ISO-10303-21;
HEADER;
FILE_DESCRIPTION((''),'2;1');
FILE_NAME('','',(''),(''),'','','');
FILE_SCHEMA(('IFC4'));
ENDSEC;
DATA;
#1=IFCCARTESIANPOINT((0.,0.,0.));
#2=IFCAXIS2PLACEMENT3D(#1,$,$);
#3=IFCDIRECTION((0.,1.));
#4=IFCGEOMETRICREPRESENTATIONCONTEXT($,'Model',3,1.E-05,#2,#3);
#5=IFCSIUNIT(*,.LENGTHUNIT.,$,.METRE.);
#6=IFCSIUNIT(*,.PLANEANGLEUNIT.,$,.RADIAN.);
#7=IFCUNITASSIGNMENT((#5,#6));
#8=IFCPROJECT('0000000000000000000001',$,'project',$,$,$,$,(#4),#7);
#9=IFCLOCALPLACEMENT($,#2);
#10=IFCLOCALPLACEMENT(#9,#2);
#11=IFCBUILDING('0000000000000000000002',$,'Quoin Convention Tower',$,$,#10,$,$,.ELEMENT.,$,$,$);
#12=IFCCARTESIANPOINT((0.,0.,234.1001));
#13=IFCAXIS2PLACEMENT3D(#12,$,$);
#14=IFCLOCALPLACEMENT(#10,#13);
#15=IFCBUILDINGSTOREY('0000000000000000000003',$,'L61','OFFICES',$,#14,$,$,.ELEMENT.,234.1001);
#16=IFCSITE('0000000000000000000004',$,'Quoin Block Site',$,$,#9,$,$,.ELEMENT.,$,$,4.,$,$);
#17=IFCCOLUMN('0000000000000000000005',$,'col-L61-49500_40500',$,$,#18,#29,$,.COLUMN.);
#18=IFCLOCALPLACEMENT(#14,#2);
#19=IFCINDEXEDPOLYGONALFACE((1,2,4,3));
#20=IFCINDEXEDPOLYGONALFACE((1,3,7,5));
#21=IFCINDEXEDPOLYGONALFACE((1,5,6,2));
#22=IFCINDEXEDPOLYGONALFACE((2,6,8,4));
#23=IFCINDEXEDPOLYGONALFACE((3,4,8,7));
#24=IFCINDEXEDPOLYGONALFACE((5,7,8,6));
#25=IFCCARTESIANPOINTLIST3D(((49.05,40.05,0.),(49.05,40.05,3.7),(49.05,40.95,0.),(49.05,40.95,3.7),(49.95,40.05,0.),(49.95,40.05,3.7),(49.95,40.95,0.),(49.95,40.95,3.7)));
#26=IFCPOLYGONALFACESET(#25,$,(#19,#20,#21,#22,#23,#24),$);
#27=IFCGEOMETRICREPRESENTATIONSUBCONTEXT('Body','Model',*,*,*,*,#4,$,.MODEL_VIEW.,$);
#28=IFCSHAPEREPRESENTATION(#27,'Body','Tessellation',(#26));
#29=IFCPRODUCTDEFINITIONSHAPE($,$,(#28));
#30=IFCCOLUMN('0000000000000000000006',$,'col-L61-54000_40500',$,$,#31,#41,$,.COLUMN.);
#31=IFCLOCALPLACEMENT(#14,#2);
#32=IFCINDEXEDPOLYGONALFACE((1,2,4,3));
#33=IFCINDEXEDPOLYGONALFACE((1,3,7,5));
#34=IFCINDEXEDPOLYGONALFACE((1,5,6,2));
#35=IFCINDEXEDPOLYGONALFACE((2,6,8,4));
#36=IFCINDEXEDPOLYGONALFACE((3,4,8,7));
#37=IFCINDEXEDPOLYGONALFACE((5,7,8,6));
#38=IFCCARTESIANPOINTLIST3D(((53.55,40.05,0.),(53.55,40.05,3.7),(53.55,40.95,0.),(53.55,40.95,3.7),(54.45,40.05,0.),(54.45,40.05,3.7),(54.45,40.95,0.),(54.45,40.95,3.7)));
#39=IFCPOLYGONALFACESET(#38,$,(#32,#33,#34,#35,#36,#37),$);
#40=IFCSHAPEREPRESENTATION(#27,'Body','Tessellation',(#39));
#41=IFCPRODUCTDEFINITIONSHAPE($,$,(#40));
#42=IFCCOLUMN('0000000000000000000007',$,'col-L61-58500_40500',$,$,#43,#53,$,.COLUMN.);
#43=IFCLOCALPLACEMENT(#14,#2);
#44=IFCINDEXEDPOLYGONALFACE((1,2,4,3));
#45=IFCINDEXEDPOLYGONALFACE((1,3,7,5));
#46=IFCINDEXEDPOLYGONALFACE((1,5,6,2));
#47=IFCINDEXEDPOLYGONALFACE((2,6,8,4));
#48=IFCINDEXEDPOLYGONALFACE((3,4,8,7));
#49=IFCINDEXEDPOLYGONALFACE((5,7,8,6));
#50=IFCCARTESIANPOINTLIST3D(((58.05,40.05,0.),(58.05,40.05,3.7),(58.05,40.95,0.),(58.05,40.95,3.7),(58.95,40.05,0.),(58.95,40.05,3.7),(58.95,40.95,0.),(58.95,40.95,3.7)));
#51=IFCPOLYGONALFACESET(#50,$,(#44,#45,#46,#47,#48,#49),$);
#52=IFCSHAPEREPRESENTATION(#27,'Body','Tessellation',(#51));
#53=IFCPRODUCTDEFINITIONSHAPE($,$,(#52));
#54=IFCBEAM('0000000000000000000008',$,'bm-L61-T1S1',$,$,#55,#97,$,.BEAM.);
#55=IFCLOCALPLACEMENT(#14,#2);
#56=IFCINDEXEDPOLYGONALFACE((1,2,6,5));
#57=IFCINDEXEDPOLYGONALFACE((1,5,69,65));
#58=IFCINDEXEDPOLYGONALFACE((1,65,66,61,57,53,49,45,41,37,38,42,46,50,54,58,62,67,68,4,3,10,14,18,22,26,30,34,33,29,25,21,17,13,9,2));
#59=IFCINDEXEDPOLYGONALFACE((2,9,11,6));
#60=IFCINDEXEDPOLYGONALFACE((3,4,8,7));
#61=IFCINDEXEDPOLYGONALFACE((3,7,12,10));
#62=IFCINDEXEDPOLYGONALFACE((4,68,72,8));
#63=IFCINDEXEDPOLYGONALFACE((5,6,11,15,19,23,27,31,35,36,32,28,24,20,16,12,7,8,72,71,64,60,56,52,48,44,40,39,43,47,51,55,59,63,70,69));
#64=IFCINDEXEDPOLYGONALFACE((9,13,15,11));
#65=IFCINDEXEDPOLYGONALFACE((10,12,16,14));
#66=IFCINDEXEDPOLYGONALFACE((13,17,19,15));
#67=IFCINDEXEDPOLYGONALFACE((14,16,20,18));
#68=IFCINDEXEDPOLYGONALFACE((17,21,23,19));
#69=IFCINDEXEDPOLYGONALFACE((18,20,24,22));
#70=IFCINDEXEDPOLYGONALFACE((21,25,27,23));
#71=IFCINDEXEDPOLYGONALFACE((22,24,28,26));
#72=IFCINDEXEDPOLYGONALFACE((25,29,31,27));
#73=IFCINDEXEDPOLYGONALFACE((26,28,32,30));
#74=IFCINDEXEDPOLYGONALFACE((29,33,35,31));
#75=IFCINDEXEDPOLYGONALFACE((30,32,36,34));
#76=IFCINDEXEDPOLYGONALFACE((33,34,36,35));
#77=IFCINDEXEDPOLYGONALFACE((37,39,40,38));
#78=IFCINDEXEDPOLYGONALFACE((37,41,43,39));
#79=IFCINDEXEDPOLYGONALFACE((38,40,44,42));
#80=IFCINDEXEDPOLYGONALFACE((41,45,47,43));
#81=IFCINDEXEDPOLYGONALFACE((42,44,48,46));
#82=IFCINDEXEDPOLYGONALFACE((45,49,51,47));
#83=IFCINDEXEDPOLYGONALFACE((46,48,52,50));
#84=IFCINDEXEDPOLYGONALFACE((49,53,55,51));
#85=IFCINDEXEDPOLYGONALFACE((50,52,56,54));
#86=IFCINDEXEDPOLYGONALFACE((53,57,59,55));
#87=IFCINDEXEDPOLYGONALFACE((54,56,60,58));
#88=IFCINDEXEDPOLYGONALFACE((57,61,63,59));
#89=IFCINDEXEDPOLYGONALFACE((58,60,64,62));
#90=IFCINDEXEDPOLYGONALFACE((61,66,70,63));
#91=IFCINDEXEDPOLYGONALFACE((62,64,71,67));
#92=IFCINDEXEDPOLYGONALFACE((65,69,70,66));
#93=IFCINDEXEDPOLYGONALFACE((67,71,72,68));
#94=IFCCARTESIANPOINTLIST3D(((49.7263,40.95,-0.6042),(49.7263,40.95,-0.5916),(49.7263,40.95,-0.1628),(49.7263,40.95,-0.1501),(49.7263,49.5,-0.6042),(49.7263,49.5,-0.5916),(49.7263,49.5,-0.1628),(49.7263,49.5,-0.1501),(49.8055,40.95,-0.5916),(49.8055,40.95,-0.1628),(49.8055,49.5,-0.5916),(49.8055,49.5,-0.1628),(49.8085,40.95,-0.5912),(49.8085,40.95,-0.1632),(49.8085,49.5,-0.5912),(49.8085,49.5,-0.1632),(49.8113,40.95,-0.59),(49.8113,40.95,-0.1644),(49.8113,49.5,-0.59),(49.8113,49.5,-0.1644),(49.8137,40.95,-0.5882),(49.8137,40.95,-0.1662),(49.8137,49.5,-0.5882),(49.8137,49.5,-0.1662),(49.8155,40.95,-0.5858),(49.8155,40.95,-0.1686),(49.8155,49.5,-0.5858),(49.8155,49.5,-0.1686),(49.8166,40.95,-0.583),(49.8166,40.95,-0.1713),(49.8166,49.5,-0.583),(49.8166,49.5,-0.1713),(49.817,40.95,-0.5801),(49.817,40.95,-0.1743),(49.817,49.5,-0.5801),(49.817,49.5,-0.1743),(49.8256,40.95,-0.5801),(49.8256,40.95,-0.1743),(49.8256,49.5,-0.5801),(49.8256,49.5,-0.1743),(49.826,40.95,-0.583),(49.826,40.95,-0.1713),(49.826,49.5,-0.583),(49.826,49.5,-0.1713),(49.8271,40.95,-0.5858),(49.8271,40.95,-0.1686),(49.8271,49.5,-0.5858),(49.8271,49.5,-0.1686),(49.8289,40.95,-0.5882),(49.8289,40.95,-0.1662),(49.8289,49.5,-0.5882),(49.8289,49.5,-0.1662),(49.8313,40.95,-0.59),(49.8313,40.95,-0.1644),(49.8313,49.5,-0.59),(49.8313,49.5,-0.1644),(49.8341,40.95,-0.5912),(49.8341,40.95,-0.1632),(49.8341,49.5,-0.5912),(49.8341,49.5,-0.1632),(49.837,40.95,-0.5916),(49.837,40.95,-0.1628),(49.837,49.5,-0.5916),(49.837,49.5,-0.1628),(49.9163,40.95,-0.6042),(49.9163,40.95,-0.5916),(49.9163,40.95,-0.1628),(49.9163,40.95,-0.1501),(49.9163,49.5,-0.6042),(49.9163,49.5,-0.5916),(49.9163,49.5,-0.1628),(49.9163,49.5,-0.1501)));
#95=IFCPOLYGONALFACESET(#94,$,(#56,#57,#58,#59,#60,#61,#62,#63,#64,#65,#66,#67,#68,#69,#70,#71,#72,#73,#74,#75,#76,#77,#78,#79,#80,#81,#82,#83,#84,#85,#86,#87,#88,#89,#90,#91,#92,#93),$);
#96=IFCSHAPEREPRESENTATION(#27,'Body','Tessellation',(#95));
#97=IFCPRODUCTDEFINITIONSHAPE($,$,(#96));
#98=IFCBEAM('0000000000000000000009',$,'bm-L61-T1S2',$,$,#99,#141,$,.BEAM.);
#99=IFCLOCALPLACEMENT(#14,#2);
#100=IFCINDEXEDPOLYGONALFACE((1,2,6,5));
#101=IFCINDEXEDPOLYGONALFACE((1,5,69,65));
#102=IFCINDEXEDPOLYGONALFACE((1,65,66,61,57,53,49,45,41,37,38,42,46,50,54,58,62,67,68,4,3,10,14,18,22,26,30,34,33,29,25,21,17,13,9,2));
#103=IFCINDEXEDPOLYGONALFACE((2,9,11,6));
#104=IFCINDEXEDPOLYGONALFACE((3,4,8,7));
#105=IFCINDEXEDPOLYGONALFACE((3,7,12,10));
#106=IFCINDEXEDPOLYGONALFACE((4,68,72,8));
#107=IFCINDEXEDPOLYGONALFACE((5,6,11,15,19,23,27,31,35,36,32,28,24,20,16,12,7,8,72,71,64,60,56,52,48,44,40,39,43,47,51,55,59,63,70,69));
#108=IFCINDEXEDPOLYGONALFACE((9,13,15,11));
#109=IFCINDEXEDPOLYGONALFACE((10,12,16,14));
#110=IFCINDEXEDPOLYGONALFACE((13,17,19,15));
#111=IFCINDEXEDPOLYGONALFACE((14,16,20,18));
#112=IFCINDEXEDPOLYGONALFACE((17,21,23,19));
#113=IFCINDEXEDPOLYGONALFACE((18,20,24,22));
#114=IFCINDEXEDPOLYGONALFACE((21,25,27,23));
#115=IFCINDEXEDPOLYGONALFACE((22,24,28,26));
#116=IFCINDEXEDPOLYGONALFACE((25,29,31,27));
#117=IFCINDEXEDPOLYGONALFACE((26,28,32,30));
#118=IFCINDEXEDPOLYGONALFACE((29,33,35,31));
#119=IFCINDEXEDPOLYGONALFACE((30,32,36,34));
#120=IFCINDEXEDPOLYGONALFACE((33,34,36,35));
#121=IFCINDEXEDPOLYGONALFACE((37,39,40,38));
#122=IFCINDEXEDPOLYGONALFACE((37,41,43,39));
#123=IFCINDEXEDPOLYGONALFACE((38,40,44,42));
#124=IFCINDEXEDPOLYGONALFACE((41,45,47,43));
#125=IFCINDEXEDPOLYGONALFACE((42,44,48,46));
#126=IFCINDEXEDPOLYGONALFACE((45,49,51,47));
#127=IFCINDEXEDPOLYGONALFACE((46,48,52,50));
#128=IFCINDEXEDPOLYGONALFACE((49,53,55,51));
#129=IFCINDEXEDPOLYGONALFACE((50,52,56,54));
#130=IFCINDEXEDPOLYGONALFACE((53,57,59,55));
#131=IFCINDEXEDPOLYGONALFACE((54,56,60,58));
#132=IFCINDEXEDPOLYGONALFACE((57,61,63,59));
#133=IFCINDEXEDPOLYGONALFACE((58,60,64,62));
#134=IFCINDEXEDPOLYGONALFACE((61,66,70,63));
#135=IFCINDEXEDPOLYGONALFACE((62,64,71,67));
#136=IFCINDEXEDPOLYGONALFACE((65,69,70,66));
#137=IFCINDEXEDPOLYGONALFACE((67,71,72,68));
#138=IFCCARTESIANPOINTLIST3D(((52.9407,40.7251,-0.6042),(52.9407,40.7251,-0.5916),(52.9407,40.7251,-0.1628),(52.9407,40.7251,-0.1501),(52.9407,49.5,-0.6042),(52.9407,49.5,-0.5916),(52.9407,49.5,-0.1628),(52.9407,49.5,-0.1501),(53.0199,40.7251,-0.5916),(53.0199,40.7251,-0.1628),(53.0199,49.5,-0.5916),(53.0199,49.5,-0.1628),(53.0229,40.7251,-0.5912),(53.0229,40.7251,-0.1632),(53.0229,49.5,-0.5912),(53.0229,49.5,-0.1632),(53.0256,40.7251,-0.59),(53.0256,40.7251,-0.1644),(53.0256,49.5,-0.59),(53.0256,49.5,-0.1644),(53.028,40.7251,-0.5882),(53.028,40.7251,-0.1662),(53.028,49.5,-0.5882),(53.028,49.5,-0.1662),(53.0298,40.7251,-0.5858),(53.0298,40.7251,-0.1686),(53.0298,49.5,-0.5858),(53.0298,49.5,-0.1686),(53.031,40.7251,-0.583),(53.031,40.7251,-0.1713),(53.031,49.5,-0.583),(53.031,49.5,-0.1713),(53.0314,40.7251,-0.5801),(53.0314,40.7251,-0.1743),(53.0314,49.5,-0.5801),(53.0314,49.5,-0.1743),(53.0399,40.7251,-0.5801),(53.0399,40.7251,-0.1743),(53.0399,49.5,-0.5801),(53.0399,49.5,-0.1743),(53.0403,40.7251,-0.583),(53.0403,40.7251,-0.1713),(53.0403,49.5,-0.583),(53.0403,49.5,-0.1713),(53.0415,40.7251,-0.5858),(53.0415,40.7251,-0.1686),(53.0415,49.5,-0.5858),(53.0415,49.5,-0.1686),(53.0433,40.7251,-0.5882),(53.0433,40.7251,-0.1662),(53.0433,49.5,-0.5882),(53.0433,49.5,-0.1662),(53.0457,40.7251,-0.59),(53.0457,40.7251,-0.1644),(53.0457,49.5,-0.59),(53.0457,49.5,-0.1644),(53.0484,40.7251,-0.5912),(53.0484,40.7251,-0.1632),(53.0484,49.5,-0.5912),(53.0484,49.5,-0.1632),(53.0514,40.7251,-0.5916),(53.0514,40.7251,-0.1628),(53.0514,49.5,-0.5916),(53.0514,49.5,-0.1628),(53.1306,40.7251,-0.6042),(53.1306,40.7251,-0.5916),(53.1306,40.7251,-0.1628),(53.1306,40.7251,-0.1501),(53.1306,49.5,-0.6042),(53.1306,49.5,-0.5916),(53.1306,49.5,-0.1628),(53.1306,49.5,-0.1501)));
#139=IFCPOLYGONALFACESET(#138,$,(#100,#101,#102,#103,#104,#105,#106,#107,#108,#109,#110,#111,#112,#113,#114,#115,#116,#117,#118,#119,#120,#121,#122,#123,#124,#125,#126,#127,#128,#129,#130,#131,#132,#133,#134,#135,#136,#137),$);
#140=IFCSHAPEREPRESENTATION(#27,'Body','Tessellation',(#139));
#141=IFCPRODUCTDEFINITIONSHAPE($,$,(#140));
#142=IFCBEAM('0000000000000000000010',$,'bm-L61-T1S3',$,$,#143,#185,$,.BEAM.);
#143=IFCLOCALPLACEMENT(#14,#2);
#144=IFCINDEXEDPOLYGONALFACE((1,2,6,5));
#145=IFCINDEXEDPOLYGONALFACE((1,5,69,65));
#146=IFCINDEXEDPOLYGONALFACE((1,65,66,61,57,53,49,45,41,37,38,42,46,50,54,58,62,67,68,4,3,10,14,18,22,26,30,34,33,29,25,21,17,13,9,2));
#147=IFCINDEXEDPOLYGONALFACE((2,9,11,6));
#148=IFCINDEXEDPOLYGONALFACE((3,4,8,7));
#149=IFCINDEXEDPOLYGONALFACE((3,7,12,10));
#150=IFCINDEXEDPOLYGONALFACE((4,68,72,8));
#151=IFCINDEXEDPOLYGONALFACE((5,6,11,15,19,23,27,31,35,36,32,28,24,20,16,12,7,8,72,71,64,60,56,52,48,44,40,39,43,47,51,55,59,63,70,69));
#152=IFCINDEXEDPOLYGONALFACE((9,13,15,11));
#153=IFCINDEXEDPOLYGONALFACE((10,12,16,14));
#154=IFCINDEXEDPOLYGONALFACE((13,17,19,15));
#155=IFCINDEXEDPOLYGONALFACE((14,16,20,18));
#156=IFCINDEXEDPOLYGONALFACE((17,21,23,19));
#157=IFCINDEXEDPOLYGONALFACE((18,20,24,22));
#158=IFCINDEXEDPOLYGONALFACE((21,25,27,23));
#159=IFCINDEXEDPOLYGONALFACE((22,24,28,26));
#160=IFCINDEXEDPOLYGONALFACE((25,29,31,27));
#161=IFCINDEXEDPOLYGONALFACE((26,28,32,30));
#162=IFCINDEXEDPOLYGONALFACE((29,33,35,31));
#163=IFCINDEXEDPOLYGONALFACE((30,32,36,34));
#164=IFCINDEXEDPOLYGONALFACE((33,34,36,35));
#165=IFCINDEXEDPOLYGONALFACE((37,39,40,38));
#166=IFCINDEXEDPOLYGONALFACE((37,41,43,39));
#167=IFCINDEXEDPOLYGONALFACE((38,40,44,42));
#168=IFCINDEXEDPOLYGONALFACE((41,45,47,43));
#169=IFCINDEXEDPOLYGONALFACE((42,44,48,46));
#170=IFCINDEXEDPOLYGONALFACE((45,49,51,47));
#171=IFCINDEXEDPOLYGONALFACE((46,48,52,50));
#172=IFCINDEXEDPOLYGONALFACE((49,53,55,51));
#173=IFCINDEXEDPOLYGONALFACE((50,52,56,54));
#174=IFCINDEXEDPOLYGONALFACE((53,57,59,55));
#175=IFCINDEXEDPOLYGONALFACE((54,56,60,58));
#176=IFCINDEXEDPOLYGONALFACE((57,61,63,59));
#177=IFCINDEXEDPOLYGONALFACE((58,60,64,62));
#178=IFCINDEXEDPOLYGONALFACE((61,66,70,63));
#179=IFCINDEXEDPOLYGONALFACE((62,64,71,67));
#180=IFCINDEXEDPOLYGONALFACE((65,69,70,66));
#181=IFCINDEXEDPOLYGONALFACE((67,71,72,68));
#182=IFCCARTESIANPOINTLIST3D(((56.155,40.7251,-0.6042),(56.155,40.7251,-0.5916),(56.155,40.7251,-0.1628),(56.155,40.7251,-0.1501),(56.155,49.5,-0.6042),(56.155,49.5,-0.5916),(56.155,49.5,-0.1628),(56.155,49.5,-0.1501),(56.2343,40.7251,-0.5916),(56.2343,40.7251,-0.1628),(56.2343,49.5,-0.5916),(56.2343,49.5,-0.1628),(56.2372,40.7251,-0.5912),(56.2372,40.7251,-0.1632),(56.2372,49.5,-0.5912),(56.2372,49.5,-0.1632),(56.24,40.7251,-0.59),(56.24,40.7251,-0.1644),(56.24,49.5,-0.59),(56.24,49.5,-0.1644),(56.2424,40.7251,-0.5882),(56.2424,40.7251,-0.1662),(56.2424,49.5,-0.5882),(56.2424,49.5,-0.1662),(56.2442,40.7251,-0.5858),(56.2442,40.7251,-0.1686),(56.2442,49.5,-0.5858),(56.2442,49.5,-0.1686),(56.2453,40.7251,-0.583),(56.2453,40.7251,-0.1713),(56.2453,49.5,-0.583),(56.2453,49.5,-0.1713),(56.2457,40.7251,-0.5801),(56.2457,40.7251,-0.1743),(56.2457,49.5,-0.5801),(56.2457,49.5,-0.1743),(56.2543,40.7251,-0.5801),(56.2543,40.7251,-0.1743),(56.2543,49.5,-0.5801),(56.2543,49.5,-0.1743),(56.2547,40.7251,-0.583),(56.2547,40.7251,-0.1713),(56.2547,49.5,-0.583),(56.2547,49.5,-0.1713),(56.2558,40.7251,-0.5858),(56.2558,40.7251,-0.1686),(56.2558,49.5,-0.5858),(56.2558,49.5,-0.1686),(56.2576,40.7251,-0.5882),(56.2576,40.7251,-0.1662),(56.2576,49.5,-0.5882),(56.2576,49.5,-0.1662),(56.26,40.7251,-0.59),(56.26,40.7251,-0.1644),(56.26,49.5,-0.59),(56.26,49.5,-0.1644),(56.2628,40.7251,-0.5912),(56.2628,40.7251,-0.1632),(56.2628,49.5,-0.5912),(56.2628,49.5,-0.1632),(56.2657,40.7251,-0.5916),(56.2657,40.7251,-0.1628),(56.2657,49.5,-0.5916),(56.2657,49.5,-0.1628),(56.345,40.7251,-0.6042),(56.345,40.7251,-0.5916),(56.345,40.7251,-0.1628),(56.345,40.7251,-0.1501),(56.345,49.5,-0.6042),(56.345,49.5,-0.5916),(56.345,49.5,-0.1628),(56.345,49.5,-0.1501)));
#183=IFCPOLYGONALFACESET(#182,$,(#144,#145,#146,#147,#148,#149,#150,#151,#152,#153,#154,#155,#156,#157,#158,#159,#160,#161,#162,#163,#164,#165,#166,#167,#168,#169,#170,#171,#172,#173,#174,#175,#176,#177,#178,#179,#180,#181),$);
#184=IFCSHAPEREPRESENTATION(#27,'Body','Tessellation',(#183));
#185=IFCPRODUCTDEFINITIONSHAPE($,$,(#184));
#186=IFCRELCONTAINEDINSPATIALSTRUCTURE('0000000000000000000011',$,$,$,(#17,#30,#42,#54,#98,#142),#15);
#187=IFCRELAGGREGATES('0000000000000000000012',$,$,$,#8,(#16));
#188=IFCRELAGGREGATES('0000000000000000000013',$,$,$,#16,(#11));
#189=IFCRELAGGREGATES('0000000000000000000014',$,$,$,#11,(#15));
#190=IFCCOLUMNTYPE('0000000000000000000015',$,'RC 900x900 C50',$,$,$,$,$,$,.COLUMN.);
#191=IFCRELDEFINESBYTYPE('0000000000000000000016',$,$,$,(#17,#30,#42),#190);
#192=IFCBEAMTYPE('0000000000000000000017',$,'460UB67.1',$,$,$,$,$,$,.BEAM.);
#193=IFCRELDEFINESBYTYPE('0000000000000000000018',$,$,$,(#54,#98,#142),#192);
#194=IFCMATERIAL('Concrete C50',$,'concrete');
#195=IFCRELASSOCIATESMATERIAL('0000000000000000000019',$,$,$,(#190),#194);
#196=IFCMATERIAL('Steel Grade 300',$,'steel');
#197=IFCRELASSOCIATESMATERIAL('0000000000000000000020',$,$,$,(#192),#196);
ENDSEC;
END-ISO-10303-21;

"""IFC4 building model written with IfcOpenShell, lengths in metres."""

from ifc_helpers import new_model, si_unit, direction, frame, origin, origin_2d, place, context, subcontext, project, spatial, rectangle, i_section, extrude, material, material_profile, profile_set, type_object, element, save


model = new_model("IFC4")

# Units and contexts
model_context = context("Model", 3, precision=1e-05, world=origin(), true_north=direction((0.0, 1.0)))
body_context = subcontext(model_context, "Body", "Model", "MODEL_VIEW")
ifc_project = project(units=[si_unit("LENGTHUNIT", "METRE"), si_unit("PLANEANGLEUNIT", "RADIAN")], contexts=[model_context])

# Site, building, storey
site_placement = place(None, origin())
site = spatial("IfcSite", under=ifc_project, at=site_placement, Name="Quoin Block Site", CompositionType="ELEMENT", RefElevation=4.0)
building_placement = place(site_placement, origin())
building = spatial("IfcBuilding", under=site, at=building_placement, Name="Quoin Convention Tower", CompositionType="ELEMENT")
storey_placement = place(building_placement, frame((0.0, 0.0, 234.1001)))
storey = spatial("IfcBuildingStorey", under=building, at=storey_placement, Name="L61", Description="OFFICES", CompositionType="ELEMENT", Elevation=234.1001)

# Columns
ifc_material_1 = material(Name="Concrete C50", Category="concrete")
ifc_material_profile_1 = material_profile(ifc_material_1, rectangle(XDim=0.8999, YDim=0.8999, at=origin_2d()), Name="RC 900x900")
ifc_profile_set_1 = profile_set([ifc_material_profile_1], Name="Concrete C50")
column_type = type_object("IfcColumnType", Name="RC 900x900 C50", PredefinedType="COLUMN", material=ifc_profile_set_1)
for number, where, z_axis, x_axis, name in (
    (1, (49.5, 40.5, 0.0), (0.0, 0.0, 1.0), (1.0, 0.0, 0.0), "col-L61-49500_40500"),
    (2, (54.0, 40.5, 0.0), (0.0, 0.0, 1.0), (1.0, 0.0, 0.0), "col-L61-54000_40500"),
    (3, (58.5, 40.5, 0.0), (0.0, 0.0, 1.0), (1.0, 0.0, 0.0), "col-L61-58500_40500"),
):
    element("IfcColumn", number, at=place(storey_placement, frame(where, z_axis=z_axis, x_axis=x_axis)), inside=storey, type_object=column_type, Name=name, PredefinedType="COLUMN", context=body_context, shape_type="SweptSolid", body=[
        extrude(rectangle(XDim=0.8999, YDim=0.8999, at=origin_2d()), origin(), (0.0, 0.0, 1.0), 3.7),
    ])

# Beams
ifc_material_2 = material(Name="Steel Grade 300", Category="steel")
ifc_material_profile_2 = material_profile(ifc_material_2, i_section(OverallWidth=0.1899, OverallDepth=0.4541, WebThickness=0.0085, FlangeThickness=0.0127, FilletRadius=0.0115, at=origin_2d()), Name="460UB67.1")
ifc_profile_set_2 = profile_set([ifc_material_profile_2], Name="Steel Grade 300")
beam_type_1 = type_object("IfcBeamType", Name="460UB67.1", PredefinedType="BEAM", material=ifc_profile_set_2)
beam_placement = place(storey_placement, frame((49.8213, 40.95, -0.3772), z_axis=(0.0, 1.0, 0.0), x_axis=(-1.0, 0.0, 0.0)))
element("IfcBeam", 4, at=beam_placement, inside=storey, type_object=beam_type_1, Name="bm-L61-T1S1", PredefinedType="BEAM", context=body_context, shape_type="SweptSolid", body=[
    extrude(i_section(OverallWidth=0.1899, OverallDepth=0.4541, WebThickness=0.0085, FlangeThickness=0.0127, FilletRadius=0.0115, at=origin_2d()), origin(), (0.0, 0.0, 1.0), 8.55),
])
for number, where, z_axis, x_axis, name in (
    (5, (53.0356, 40.7251, -0.3772), (0.0, 1.0, 0.0), (-1.0, 0.0, 0.0), "bm-L61-T1S2"),
    (6, (56.25, 40.7251, -0.3772), (0.0, 1.0, 0.0), (-1.0, 0.0, 0.0), "bm-L61-T1S3"),
):
    element("IfcBeam", number, at=place(storey_placement, frame(where, z_axis=z_axis, x_axis=x_axis)), inside=storey, type_object=beam_type_1, Name=name, PredefinedType="BEAM", context=body_context, shape_type="SweptSolid", body=[
        extrude(i_section(OverallWidth=0.1899, OverallDepth=0.4541, WebThickness=0.0085, FlangeThickness=0.0127, FilletRadius=0.0115, at=origin_2d()), origin(), (0.0, 0.0, 1.0), 8.7749),
    ])

save(model, "model.ifc")
